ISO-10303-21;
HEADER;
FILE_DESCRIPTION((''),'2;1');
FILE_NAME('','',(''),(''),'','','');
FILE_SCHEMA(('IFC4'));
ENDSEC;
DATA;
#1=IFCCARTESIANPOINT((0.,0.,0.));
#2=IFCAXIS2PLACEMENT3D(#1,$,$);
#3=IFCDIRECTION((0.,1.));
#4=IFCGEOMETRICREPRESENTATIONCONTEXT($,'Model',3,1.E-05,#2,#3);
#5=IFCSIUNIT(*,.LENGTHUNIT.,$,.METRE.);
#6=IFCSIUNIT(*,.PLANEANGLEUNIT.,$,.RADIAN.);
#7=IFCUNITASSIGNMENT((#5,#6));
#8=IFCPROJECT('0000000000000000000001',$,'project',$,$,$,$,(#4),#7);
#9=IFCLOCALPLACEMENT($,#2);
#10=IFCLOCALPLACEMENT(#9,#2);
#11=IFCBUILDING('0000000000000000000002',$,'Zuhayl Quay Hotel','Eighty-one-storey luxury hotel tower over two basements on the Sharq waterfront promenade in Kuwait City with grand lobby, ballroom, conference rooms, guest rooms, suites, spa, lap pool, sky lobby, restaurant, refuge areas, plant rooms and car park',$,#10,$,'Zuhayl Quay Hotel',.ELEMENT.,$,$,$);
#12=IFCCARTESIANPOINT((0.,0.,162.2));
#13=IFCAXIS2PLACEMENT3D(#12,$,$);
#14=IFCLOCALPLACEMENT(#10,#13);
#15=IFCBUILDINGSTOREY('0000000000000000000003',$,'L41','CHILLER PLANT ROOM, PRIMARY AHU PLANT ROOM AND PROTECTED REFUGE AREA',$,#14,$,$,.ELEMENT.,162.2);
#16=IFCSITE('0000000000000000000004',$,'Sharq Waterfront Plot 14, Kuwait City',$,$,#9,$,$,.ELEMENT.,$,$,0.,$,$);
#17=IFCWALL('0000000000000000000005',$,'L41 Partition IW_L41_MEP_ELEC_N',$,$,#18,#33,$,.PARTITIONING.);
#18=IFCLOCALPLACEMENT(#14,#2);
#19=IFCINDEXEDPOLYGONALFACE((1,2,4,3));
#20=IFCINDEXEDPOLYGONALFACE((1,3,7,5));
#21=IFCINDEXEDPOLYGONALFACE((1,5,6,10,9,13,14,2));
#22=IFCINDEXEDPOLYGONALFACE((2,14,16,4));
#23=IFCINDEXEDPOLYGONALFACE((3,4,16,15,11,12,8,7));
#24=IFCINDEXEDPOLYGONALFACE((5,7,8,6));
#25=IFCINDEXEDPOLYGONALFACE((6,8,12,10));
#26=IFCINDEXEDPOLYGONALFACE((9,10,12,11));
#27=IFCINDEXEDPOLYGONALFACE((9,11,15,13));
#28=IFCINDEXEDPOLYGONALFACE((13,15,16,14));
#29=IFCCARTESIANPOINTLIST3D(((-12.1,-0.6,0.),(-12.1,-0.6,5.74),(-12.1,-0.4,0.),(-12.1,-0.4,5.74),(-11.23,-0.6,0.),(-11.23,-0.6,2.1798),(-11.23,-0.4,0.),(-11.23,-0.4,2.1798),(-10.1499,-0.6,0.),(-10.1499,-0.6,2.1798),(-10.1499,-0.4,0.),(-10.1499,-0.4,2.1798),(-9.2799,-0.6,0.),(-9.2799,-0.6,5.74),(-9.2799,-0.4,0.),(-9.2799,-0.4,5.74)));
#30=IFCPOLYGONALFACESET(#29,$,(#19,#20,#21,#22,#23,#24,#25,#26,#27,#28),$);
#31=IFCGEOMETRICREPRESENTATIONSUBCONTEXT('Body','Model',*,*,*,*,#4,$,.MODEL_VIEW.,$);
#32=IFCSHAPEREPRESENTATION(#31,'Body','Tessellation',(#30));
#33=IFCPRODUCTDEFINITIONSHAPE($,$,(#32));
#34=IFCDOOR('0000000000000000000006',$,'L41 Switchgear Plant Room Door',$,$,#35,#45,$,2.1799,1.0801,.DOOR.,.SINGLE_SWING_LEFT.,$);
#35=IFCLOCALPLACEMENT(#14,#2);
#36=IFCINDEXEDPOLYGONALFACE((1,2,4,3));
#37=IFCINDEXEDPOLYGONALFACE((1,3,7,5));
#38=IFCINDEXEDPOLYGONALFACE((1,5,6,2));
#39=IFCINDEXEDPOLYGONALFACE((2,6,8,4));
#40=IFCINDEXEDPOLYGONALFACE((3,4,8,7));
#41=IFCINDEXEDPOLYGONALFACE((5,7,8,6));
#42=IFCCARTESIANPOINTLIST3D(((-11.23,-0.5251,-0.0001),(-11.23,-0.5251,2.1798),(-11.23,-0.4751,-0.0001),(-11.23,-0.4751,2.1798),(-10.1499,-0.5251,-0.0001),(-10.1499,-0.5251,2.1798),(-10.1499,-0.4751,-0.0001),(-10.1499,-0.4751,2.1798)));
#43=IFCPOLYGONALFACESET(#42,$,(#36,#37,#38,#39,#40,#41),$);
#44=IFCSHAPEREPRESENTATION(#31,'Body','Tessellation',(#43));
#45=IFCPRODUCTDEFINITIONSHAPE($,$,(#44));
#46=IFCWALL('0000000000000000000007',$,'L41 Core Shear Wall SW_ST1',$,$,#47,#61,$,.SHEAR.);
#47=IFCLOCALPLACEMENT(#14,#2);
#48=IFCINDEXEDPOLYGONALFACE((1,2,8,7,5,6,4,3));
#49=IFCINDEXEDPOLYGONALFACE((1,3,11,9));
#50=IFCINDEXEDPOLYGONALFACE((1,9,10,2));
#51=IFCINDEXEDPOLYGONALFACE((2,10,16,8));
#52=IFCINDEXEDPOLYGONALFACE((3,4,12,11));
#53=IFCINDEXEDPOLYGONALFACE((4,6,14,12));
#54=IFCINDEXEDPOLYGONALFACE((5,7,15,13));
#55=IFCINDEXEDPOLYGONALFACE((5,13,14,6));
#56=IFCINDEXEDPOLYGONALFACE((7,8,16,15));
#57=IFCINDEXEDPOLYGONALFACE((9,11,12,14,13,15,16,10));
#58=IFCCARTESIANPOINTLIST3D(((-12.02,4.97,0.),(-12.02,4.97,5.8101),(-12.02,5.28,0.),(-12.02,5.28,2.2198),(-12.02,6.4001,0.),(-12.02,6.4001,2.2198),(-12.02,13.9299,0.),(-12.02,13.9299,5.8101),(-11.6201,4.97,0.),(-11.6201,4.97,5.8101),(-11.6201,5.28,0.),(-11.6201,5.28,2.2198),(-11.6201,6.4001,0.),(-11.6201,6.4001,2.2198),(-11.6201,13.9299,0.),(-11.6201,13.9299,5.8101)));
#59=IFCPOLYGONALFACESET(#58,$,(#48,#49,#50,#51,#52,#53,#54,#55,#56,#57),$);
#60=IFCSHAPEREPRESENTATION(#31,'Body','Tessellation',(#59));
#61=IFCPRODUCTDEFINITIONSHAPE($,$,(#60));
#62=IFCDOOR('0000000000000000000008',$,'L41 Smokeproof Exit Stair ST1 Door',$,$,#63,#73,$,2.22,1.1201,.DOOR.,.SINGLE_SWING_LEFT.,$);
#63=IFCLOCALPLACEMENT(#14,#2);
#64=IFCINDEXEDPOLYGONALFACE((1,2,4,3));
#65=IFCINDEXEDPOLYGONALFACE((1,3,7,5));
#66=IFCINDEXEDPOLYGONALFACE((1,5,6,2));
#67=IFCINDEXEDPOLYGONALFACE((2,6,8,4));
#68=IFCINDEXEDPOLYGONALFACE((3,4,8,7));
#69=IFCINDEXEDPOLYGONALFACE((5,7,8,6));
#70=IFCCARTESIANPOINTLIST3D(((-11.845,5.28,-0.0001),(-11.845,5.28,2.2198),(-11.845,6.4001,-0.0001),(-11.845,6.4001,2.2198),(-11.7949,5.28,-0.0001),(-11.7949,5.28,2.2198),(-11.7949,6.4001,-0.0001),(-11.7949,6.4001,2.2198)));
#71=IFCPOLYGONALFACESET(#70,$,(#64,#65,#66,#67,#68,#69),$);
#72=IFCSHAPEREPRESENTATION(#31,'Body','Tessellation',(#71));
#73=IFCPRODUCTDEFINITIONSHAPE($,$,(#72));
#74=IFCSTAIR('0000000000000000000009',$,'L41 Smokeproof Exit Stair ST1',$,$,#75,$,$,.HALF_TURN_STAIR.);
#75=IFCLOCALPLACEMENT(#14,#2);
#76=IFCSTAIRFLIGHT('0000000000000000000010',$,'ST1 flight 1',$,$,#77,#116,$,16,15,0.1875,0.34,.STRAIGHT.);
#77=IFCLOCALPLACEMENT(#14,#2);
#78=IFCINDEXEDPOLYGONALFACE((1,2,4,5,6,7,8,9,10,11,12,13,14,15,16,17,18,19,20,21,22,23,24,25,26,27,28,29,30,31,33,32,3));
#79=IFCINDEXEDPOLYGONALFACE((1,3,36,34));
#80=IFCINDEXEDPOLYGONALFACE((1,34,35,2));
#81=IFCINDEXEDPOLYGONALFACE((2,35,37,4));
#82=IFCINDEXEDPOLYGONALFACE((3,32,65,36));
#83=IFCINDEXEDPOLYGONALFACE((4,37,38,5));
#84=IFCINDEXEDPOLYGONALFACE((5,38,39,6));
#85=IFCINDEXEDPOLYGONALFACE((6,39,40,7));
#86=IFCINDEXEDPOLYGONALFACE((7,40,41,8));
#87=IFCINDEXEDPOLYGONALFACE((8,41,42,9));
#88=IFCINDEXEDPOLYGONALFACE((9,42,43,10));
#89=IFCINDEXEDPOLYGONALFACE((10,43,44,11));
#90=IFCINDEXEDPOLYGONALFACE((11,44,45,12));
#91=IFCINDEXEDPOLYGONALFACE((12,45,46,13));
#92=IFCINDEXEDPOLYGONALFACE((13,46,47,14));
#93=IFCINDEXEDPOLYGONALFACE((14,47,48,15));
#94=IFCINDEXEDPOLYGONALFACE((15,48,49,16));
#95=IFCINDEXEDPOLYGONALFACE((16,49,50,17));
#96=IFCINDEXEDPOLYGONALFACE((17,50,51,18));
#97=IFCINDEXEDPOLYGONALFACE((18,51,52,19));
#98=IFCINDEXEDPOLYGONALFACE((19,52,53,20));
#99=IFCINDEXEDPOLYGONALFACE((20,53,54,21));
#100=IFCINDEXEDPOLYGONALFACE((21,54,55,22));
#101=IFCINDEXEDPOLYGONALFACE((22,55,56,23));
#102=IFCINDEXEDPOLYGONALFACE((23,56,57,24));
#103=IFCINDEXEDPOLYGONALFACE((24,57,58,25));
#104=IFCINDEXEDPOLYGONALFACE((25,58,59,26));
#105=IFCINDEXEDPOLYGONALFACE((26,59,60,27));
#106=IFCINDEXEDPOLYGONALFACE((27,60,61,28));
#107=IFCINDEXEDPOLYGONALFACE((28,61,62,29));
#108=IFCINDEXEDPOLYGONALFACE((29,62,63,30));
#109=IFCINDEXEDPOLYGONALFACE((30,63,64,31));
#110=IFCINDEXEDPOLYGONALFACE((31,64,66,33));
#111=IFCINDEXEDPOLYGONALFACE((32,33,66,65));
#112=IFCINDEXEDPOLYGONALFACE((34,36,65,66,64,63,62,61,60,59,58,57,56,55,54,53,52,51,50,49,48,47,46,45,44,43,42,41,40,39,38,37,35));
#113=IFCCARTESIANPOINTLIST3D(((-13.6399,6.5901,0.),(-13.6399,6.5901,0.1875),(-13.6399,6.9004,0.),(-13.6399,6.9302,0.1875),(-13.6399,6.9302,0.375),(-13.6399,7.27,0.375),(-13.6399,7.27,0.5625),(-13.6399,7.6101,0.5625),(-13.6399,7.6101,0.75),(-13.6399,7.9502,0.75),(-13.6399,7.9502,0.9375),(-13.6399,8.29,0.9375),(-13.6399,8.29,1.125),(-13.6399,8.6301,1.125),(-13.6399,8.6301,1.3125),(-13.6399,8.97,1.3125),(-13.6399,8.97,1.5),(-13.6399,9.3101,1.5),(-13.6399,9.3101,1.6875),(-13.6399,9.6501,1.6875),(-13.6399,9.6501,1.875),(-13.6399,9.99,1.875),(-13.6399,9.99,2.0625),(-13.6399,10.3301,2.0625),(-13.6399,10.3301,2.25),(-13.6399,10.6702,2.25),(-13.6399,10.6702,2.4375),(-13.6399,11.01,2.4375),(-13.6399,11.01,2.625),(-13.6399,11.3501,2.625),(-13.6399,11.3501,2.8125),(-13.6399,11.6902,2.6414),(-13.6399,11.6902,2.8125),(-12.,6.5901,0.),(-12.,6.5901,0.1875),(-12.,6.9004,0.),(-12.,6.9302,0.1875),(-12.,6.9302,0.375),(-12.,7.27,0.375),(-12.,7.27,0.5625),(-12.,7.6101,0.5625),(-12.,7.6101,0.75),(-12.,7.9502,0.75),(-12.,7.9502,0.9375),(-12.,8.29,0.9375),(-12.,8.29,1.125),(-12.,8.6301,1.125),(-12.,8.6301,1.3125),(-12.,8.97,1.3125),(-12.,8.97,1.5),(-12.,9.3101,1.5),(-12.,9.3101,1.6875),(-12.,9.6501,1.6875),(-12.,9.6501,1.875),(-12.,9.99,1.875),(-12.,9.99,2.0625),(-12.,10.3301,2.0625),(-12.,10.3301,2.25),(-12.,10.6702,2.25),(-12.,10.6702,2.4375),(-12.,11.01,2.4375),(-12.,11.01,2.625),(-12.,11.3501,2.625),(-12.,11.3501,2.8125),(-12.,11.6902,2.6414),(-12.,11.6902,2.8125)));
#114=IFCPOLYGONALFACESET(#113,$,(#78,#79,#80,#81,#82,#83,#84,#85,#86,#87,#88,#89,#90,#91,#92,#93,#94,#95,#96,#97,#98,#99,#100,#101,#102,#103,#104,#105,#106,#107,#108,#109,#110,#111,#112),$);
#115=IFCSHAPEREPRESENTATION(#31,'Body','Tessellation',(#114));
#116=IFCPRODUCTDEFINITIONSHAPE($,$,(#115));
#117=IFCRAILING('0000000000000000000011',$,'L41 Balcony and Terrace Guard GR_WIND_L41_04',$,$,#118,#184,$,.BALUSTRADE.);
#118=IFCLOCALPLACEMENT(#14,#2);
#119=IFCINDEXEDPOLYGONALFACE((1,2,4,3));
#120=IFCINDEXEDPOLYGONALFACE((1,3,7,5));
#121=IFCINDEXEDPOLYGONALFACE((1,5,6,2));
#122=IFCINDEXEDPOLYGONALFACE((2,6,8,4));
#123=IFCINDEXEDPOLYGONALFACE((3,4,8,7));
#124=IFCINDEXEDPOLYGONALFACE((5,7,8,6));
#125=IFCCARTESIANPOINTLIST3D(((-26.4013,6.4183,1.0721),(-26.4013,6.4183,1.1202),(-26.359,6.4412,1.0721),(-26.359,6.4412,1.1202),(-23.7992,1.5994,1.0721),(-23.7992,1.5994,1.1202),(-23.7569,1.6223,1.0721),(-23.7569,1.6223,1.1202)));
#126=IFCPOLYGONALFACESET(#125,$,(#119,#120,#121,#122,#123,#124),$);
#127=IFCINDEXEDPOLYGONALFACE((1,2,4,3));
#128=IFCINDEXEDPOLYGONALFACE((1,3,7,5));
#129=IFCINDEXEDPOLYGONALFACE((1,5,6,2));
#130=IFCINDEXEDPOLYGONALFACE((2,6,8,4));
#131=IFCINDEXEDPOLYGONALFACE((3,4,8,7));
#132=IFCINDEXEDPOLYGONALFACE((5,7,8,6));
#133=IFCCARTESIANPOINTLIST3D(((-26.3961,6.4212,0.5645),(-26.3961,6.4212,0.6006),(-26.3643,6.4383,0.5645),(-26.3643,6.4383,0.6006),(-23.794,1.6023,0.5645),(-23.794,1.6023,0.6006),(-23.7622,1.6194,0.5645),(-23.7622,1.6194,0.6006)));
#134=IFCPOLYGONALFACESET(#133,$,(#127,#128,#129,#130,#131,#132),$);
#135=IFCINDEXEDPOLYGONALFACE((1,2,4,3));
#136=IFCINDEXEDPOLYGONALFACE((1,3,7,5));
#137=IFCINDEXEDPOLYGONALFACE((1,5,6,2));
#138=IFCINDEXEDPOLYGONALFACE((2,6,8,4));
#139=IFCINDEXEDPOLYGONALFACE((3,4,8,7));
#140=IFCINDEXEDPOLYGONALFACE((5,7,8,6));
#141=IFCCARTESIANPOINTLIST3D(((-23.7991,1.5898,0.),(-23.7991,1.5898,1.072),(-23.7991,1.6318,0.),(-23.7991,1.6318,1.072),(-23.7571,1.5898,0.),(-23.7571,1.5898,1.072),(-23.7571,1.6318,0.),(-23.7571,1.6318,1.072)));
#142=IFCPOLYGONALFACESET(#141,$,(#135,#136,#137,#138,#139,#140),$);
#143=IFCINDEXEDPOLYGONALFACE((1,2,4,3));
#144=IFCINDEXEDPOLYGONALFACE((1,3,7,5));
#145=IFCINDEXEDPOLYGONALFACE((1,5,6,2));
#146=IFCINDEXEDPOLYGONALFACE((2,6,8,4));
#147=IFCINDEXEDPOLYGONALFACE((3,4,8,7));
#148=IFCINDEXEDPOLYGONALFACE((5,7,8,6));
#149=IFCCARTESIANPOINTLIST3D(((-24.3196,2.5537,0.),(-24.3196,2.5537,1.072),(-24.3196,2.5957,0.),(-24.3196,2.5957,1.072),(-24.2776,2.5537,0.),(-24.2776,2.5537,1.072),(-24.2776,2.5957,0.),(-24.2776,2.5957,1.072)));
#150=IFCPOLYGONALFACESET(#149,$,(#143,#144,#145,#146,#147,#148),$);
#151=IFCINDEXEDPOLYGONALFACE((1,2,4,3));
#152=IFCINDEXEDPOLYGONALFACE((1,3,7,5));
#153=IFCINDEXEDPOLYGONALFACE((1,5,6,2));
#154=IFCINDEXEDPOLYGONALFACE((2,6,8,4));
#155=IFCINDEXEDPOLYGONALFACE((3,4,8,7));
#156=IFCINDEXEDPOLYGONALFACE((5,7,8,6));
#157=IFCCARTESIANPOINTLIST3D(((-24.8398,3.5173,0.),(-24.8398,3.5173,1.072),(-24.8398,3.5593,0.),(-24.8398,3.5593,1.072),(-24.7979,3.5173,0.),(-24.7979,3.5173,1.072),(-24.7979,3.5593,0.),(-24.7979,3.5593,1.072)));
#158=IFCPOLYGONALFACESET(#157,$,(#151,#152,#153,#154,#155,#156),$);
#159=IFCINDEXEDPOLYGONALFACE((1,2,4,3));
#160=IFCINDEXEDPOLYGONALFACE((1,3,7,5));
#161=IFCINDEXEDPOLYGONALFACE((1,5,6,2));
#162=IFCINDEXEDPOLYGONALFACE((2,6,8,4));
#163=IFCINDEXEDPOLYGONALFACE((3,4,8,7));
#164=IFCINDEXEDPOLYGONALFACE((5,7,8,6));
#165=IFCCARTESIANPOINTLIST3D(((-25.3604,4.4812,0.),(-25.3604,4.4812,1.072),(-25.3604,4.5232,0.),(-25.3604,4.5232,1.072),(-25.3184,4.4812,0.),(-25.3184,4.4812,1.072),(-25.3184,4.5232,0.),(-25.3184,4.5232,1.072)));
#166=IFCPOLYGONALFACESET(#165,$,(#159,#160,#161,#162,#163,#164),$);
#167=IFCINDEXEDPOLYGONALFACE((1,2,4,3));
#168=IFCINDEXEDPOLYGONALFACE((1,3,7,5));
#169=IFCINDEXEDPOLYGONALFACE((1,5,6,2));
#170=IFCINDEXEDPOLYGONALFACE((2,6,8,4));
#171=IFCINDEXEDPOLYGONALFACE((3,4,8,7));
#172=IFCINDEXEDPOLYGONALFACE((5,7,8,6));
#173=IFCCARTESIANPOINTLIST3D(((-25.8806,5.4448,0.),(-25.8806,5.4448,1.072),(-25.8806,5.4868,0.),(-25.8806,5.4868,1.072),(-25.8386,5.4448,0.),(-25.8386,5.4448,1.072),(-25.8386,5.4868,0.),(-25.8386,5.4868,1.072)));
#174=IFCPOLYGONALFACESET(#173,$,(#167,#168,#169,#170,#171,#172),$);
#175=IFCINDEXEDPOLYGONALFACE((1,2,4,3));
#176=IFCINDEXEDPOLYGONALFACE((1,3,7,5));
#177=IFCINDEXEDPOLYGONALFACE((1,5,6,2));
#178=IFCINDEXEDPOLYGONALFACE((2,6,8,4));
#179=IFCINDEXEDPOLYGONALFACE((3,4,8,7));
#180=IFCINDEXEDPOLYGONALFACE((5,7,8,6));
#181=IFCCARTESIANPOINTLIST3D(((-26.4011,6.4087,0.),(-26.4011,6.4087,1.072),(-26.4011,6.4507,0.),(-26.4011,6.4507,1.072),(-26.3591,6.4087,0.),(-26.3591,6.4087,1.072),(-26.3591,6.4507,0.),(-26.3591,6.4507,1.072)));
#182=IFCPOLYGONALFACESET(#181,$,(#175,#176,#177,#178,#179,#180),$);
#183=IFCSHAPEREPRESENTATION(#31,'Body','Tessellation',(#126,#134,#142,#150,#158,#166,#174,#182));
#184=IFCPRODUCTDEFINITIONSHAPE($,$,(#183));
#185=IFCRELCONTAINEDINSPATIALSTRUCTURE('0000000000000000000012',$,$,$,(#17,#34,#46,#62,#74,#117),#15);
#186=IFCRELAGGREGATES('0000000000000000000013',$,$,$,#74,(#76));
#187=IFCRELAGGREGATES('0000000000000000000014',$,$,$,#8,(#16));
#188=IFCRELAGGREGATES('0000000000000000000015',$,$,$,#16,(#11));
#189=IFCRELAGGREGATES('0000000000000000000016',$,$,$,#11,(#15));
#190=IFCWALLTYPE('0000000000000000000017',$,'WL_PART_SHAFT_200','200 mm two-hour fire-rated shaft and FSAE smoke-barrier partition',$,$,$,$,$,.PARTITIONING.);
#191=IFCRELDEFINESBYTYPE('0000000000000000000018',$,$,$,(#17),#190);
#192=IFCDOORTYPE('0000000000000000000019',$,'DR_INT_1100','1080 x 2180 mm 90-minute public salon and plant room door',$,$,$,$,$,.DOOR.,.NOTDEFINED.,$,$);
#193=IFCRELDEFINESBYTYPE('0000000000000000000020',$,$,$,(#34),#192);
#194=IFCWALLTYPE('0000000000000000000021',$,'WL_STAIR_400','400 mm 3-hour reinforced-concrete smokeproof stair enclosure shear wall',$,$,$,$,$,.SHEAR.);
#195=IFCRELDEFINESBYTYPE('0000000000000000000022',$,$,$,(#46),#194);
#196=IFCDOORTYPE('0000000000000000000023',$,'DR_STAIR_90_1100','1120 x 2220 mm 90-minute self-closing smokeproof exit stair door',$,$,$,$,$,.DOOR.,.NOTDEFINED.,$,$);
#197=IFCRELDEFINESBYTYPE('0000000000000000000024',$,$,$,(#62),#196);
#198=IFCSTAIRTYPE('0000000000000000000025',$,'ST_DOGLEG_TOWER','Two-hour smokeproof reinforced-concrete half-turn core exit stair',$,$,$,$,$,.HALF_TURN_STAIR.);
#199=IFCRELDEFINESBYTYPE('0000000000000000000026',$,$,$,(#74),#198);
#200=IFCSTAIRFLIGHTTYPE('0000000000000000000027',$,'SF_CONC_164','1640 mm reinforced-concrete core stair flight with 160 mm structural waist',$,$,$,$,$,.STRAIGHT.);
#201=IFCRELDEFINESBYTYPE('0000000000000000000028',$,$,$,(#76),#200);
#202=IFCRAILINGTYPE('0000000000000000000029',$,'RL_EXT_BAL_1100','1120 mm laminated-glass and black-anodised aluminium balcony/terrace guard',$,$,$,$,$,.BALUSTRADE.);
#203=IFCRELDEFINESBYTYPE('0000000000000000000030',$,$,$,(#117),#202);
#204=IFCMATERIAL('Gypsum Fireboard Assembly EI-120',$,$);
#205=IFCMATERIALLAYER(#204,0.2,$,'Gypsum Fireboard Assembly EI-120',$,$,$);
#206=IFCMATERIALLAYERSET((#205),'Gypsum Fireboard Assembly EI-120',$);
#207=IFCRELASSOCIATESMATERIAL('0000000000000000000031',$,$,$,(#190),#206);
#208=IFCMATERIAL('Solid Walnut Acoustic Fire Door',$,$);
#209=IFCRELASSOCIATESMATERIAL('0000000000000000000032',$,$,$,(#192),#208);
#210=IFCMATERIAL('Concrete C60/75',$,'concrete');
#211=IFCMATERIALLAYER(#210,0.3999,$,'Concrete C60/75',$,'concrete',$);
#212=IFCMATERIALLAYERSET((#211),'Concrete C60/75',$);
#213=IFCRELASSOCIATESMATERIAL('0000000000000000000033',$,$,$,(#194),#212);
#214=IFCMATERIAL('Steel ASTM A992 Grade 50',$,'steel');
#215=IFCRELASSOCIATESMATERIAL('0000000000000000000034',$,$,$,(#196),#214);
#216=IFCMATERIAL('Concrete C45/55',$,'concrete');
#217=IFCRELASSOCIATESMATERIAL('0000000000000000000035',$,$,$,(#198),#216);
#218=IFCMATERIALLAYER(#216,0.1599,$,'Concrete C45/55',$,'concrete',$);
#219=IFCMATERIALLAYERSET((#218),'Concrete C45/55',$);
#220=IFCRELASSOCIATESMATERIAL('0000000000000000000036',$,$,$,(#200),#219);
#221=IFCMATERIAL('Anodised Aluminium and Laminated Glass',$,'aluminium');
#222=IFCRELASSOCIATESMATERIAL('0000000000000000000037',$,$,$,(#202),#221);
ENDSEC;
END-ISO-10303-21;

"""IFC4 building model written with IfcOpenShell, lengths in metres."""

from ifc_helpers import new_model, si_unit, direction, frame, frame_2d, origin, origin_2d, place, context, subcontext, project, spatial, polyline, rectangle, outline, extrude, material, layer, layer_set, type_object, element, fill, aggregate, save


model = new_model("IFC4")

# Units and contexts
model_context = context("Model", 3, precision=1e-05, world=origin(), true_north=direction((0.0, 1.0)))
body_context = subcontext(model_context, "Body", "Model", "MODEL_VIEW")
ifc_project = project(units=[si_unit("LENGTHUNIT", "METRE"), si_unit("PLANEANGLEUNIT", "RADIAN")], contexts=[model_context])

# Site, building, storey
site_placement = place(None, origin())
site = spatial("IfcSite", under=ifc_project, at=site_placement, Name="Sharq Waterfront Plot 14, Kuwait City", CompositionType="ELEMENT", RefElevation=0.0)
building_placement = place(site_placement, origin())
building = spatial("IfcBuilding", under=site, at=building_placement, Name="Zuhayl Quay Hotel", Description="Eighty-one-storey luxury hotel tower over two basements on the Sharq waterfront promenade in Kuwait City with grand lobby, ballroom, conference rooms, guest rooms, suites, spa, lap pool, sky lobby, restaurant, refuge areas, plant rooms and car park", LongName="Zuhayl Quay Hotel", CompositionType="ELEMENT")
storey_placement = place(building_placement, frame((0.0, 0.0, 162.2)))
storey = spatial("IfcBuildingStorey", under=building, at=storey_placement, Name="L41", Description="CHILLER PLANT ROOM, PRIMARY AHU PLANT ROOM AND PROTECTED REFUGE AREA", CompositionType="ELEMENT", Elevation=162.2)

# Shared definitions
ifc_material_1 = material(Name="Steel ASTM A992 Grade 50", Category="steel")

# Shared definitions
ifc_material_2 = material(Name="Concrete C60/75", Category="concrete")

# Walls, openings, doors
ifc_material_3 = material(Name="Gypsum Fireboard Assembly EI-120")
ifc_layer_1 = layer(ifc_material_3, 0.2, Name="Gypsum Fireboard Assembly EI-120")
ifc_layer_set_1 = layer_set([ifc_layer_1], Name="Gypsum Fireboard Assembly EI-120")
wall_type_1 = type_object("IfcWallType", Name="WL_PART_SHAFT_200", Description="200 mm two-hour fire-rated shaft and FSAE smoke-barrier partition", PredefinedType="PARTITIONING", material=ifc_layer_set_1)
wall_1_placement = place(storey_placement, frame((-12.1001, -0.5, 0.0), z_axis=(0.0, 0.0, 1.0), x_axis=(1.0, 0.0, 0.0)))
wall_1 = element("IfcWall", 1, at=wall_1_placement, inside=storey, type_object=wall_type_1, Name="L41 Partition IW_L41_MEP_ELEC_N", PredefinedType="PARTITIONING", context=body_context, shape_type="SweptSolid", body=[
    extrude(rectangle(XDim=2.8201, YDim=0.2, at=frame_2d((1.4102, 0.0))), origin(), (0.0, 0.0, 1.0), 5.74),
])
opening_1_placement = place(wall_1_placement, frame((0.8701, 0.0, 0.0)))
opening_1 = element("IfcOpeningElement", 2, at=opening_1_placement, cuts=wall_1, PredefinedType="OPENING", context=body_context, shape_type="SweptSolid", body=[
    extrude(rectangle(XDim=1.0801, YDim=2.1799, at=frame_2d((0.54, 1.0898))), frame((0.0, 0.1099, 0.0), z_axis=(0.0, -1.0, 0.0), x_axis=(1.0, 0.0, 0.0)), (0.0, 0.0, 1.0), 0.22),
])
ifc_material_4 = material(Name="Solid Walnut Acoustic Fire Door")
door_type_1 = type_object("IfcDoorType", Name="DR_INT_1100", Description="1080 x 2180 mm 90-minute public salon and plant room door", OperationType="NOTDEFINED", PredefinedType="DOOR", material=ifc_material_4)
door_1_placement = place(opening_1_placement, origin())
door_1 = element("IfcDoor", 3, at=door_1_placement, inside=storey, type_object=door_type_1, Name="L41 Switchgear Plant Room Door", OperationType="SINGLE_SWING_LEFT", OverallHeight=2.1799, OverallWidth=1.0801, PredefinedType="DOOR", context=body_context, shape_type="SweptSolid", body=[
    extrude(rectangle(XDim=1.0801, YDim=2.1799, at=frame_2d((0.54, 1.0898))), frame((0.0, 0.0249, 0.0), z_axis=(0.0, -1.0, 0.0), x_axis=(1.0, 0.0, 0.0)), (0.0, 0.0, 1.0), 0.05),
])
fill(opening_1, door_1)
ifc_layer_2 = layer(ifc_material_2, 0.3999, Name="Concrete C60/75", Category="concrete")
ifc_layer_set_2 = layer_set([ifc_layer_2], Name="Concrete C60/75")
wall_type_2 = type_object("IfcWallType", Name="WL_STAIR_400", Description="400 mm 3-hour reinforced-concrete smokeproof stair enclosure shear wall", PredefinedType="SHEAR", material=ifc_layer_set_2)
wall_2_placement = place(storey_placement, frame((-11.8201, 4.97, 0.0), z_axis=(0.0, 0.0, 1.0), x_axis=(0.0, 1.0, 0.0)))
wall_2 = element("IfcWall", 4, at=wall_2_placement, inside=storey, type_object=wall_type_2, Name="L41 Core Shear Wall SW_ST1", PredefinedType="SHEAR", context=body_context, shape_type="SweptSolid", body=[
    extrude(rectangle(XDim=8.96, YDim=0.3999, at=frame_2d((4.48, 0.0))), origin(), (0.0, 0.0, 1.0), 5.8101),
])
opening_2_placement = place(wall_2_placement, frame((0.3101, 0.0, 0.0)))
opening_2 = element("IfcOpeningElement", 5, at=opening_2_placement, cuts=wall_2, PredefinedType="OPENING", context=body_context, shape_type="SweptSolid", body=[
    extrude(rectangle(XDim=1.1201, YDim=2.22, at=frame_2d((0.5601, 1.1099))), frame((0.0, 0.21, 0.0), z_axis=(0.0, -1.0, 0.0), x_axis=(1.0, 0.0, 0.0)), (0.0, 0.0, 1.0), 0.4199),
])
door_type_2 = type_object("IfcDoorType", Name="DR_STAIR_90_1100", Description="1120 x 2220 mm 90-minute self-closing smokeproof exit stair door", OperationType="NOTDEFINED", PredefinedType="DOOR", material=ifc_material_1)
door_2_placement = place(opening_2_placement, origin())
door_2 = element("IfcDoor", 6, at=door_2_placement, inside=storey, type_object=door_type_2, Name="L41 Smokeproof Exit Stair ST1 Door", OperationType="SINGLE_SWING_LEFT", OverallHeight=2.22, OverallWidth=1.1201, PredefinedType="DOOR", context=body_context, shape_type="SweptSolid", body=[
    extrude(rectangle(XDim=1.1201, YDim=2.22, at=frame_2d((0.5601, 1.1099))), frame((0.0, 0.0249, 0.0), z_axis=(0.0, -1.0, 0.0), x_axis=(1.0, 0.0, 0.0)), (0.0, 0.0, 1.0), 0.05),
])
fill(opening_2, door_2)

# Stair, stair flight
ifc_material_5 = material(Name="Concrete C45/55", Category="concrete")
stair_type = type_object("IfcStairType", Name="ST_DOGLEG_TOWER", Description="Two-hour smokeproof reinforced-concrete half-turn core exit stair", PredefinedType="HALF_TURN_STAIR", material=ifc_material_5)
stair_placement = place(storey_placement, origin())
stair = element("IfcStair", 7, at=stair_placement, inside=storey, type_object=stair_type, Name="L41 Smokeproof Exit Stair ST1", PredefinedType="HALF_TURN_STAIR")
ifc_layer_3 = layer(ifc_material_5, 0.1599, Name="Concrete C45/55", Category="concrete")
ifc_layer_set_3 = layer_set([ifc_layer_3], Name="Concrete C45/55")
stair_flight_type = type_object("IfcStairFlightType", Name="SF_CONC_164", Description="1640 mm reinforced-concrete core stair flight with 160 mm structural waist", PredefinedType="STRAIGHT", material=ifc_layer_set_3)
stair_flight_placement = place(storey_placement, frame((-12.8201, 6.5901, 0.0), z_axis=(0.0, 0.0, 1.0), x_axis=(0.0, 1.0, 0.0)))
stair_flight = element("IfcStairFlight", 8, at=stair_flight_placement, type_object=stair_flight_type, Name="ST1 flight 1", NumberOfRisers=16, NumberOfTreads=15, PredefinedType="STRAIGHT", RiserHeight=0.1875, TreadLength=0.34, context=body_context, shape_type="SweptSolid", body=[
    extrude(outline(polyline([(0.0, 0.0), (0.0, 0.1875), (0.3401, 0.1875), (0.3401, 0.375), (0.6799, 0.375), (0.6799, 0.5625), (1.02, 0.5625), (1.02, 0.75), (1.3601, 0.75), (1.3601, 0.9375), (1.7, 0.9375), (1.7, 1.125), (2.04, 1.125), (2.04, 1.3125), (2.3799, 1.3125), (2.3799, 1.5), (2.72, 1.5), (2.72, 1.6875), (3.0601, 1.6875), (3.0601, 1.875), (3.3999, 1.875), (3.3999, 2.0625), (3.74, 2.0625), (3.74, 2.25), (4.0801, 2.25), (4.0801, 2.4375), (4.4199, 2.4375), (4.4199, 2.625), (4.76, 2.625), (4.76, 2.8125), (5.1001, 2.8125), (5.1001, 3.0), (5.1001, 2.6414), (0.3103, 0.0), (0.0, 0.0)])), frame((0.0, 0.8198, 0.0), z_axis=(0.0, -1.0, 0.0), x_axis=(1.0, 0.0, 0.0)), (0.0, 0.0, 1.0), 1.6399),
])
aggregate(stair, [stair_flight])

# Railing
ifc_material_6 = material(Name="Anodised Aluminium and Laminated Glass", Category="aluminium")
railing_type_1 = type_object("IfcRailingType", Name="RL_EXT_BAL_1100", Description="1120 mm laminated-glass and black-anodised aluminium balcony/terrace guard", PredefinedType="BALUSTRADE", material=ifc_material_6)
railing_1_placement = place(storey_placement, frame((-23.7781, 1.6108, 0.0)))
element("IfcRailing", 9, at=railing_1_placement, inside=storey, type_object=railing_type_1, Name="L41 Balcony and Terrace Guard GR_WIND_L41_04", PredefinedType="BALUSTRADE", context=body_context, shape_type="SweptSolid", body=[
    extrude(rectangle(XDim=0.0481, YDim=0.0481, at=origin_2d()), frame((0.0, 0.0, 1.0962), z_axis=(-0.475131, 0.879915, 0.0), x_axis=(-0.879915, -0.475131, 0.0)), (0.0, 0.0, 1.0), 5.4766),
    extrude(rectangle(XDim=0.0361, YDim=0.0361, at=origin_2d()), frame((0.0, 0.0, 0.5825), z_axis=(-0.475131, 0.879915, 0.0), x_axis=(-0.879915, -0.475131, 0.0)), (0.0, 0.0, 1.0), 5.4766),
    extrude(rectangle(XDim=0.042, YDim=0.042, at=origin_2d()), origin(), (0.0, 0.0, 1.0), 1.072),
    extrude(rectangle(XDim=0.042, YDim=0.042, at=origin_2d()), frame((-0.5205, 0.9639, 0.0)), (0.0, 0.0, 1.0), 1.072),
    extrude(rectangle(XDim=0.042, YDim=0.042, at=origin_2d()), frame((-1.0408, 1.9275, 0.0)), (0.0, 0.0, 1.0), 1.072),
    extrude(rectangle(XDim=0.042, YDim=0.042, at=origin_2d()), frame((-1.5613, 2.8914, 0.0)), (0.0, 0.0, 1.0), 1.072),
    extrude(rectangle(XDim=0.042, YDim=0.042, at=origin_2d()), frame((-2.0815, 3.855, 0.0)), (0.0, 0.0, 1.0), 1.072),
    extrude(rectangle(XDim=0.042, YDim=0.042, at=origin_2d()), frame((-2.6021, 4.8188, 0.0)), (0.0, 0.0, 1.0), 1.072),
])

save(model, "model.ifc")
